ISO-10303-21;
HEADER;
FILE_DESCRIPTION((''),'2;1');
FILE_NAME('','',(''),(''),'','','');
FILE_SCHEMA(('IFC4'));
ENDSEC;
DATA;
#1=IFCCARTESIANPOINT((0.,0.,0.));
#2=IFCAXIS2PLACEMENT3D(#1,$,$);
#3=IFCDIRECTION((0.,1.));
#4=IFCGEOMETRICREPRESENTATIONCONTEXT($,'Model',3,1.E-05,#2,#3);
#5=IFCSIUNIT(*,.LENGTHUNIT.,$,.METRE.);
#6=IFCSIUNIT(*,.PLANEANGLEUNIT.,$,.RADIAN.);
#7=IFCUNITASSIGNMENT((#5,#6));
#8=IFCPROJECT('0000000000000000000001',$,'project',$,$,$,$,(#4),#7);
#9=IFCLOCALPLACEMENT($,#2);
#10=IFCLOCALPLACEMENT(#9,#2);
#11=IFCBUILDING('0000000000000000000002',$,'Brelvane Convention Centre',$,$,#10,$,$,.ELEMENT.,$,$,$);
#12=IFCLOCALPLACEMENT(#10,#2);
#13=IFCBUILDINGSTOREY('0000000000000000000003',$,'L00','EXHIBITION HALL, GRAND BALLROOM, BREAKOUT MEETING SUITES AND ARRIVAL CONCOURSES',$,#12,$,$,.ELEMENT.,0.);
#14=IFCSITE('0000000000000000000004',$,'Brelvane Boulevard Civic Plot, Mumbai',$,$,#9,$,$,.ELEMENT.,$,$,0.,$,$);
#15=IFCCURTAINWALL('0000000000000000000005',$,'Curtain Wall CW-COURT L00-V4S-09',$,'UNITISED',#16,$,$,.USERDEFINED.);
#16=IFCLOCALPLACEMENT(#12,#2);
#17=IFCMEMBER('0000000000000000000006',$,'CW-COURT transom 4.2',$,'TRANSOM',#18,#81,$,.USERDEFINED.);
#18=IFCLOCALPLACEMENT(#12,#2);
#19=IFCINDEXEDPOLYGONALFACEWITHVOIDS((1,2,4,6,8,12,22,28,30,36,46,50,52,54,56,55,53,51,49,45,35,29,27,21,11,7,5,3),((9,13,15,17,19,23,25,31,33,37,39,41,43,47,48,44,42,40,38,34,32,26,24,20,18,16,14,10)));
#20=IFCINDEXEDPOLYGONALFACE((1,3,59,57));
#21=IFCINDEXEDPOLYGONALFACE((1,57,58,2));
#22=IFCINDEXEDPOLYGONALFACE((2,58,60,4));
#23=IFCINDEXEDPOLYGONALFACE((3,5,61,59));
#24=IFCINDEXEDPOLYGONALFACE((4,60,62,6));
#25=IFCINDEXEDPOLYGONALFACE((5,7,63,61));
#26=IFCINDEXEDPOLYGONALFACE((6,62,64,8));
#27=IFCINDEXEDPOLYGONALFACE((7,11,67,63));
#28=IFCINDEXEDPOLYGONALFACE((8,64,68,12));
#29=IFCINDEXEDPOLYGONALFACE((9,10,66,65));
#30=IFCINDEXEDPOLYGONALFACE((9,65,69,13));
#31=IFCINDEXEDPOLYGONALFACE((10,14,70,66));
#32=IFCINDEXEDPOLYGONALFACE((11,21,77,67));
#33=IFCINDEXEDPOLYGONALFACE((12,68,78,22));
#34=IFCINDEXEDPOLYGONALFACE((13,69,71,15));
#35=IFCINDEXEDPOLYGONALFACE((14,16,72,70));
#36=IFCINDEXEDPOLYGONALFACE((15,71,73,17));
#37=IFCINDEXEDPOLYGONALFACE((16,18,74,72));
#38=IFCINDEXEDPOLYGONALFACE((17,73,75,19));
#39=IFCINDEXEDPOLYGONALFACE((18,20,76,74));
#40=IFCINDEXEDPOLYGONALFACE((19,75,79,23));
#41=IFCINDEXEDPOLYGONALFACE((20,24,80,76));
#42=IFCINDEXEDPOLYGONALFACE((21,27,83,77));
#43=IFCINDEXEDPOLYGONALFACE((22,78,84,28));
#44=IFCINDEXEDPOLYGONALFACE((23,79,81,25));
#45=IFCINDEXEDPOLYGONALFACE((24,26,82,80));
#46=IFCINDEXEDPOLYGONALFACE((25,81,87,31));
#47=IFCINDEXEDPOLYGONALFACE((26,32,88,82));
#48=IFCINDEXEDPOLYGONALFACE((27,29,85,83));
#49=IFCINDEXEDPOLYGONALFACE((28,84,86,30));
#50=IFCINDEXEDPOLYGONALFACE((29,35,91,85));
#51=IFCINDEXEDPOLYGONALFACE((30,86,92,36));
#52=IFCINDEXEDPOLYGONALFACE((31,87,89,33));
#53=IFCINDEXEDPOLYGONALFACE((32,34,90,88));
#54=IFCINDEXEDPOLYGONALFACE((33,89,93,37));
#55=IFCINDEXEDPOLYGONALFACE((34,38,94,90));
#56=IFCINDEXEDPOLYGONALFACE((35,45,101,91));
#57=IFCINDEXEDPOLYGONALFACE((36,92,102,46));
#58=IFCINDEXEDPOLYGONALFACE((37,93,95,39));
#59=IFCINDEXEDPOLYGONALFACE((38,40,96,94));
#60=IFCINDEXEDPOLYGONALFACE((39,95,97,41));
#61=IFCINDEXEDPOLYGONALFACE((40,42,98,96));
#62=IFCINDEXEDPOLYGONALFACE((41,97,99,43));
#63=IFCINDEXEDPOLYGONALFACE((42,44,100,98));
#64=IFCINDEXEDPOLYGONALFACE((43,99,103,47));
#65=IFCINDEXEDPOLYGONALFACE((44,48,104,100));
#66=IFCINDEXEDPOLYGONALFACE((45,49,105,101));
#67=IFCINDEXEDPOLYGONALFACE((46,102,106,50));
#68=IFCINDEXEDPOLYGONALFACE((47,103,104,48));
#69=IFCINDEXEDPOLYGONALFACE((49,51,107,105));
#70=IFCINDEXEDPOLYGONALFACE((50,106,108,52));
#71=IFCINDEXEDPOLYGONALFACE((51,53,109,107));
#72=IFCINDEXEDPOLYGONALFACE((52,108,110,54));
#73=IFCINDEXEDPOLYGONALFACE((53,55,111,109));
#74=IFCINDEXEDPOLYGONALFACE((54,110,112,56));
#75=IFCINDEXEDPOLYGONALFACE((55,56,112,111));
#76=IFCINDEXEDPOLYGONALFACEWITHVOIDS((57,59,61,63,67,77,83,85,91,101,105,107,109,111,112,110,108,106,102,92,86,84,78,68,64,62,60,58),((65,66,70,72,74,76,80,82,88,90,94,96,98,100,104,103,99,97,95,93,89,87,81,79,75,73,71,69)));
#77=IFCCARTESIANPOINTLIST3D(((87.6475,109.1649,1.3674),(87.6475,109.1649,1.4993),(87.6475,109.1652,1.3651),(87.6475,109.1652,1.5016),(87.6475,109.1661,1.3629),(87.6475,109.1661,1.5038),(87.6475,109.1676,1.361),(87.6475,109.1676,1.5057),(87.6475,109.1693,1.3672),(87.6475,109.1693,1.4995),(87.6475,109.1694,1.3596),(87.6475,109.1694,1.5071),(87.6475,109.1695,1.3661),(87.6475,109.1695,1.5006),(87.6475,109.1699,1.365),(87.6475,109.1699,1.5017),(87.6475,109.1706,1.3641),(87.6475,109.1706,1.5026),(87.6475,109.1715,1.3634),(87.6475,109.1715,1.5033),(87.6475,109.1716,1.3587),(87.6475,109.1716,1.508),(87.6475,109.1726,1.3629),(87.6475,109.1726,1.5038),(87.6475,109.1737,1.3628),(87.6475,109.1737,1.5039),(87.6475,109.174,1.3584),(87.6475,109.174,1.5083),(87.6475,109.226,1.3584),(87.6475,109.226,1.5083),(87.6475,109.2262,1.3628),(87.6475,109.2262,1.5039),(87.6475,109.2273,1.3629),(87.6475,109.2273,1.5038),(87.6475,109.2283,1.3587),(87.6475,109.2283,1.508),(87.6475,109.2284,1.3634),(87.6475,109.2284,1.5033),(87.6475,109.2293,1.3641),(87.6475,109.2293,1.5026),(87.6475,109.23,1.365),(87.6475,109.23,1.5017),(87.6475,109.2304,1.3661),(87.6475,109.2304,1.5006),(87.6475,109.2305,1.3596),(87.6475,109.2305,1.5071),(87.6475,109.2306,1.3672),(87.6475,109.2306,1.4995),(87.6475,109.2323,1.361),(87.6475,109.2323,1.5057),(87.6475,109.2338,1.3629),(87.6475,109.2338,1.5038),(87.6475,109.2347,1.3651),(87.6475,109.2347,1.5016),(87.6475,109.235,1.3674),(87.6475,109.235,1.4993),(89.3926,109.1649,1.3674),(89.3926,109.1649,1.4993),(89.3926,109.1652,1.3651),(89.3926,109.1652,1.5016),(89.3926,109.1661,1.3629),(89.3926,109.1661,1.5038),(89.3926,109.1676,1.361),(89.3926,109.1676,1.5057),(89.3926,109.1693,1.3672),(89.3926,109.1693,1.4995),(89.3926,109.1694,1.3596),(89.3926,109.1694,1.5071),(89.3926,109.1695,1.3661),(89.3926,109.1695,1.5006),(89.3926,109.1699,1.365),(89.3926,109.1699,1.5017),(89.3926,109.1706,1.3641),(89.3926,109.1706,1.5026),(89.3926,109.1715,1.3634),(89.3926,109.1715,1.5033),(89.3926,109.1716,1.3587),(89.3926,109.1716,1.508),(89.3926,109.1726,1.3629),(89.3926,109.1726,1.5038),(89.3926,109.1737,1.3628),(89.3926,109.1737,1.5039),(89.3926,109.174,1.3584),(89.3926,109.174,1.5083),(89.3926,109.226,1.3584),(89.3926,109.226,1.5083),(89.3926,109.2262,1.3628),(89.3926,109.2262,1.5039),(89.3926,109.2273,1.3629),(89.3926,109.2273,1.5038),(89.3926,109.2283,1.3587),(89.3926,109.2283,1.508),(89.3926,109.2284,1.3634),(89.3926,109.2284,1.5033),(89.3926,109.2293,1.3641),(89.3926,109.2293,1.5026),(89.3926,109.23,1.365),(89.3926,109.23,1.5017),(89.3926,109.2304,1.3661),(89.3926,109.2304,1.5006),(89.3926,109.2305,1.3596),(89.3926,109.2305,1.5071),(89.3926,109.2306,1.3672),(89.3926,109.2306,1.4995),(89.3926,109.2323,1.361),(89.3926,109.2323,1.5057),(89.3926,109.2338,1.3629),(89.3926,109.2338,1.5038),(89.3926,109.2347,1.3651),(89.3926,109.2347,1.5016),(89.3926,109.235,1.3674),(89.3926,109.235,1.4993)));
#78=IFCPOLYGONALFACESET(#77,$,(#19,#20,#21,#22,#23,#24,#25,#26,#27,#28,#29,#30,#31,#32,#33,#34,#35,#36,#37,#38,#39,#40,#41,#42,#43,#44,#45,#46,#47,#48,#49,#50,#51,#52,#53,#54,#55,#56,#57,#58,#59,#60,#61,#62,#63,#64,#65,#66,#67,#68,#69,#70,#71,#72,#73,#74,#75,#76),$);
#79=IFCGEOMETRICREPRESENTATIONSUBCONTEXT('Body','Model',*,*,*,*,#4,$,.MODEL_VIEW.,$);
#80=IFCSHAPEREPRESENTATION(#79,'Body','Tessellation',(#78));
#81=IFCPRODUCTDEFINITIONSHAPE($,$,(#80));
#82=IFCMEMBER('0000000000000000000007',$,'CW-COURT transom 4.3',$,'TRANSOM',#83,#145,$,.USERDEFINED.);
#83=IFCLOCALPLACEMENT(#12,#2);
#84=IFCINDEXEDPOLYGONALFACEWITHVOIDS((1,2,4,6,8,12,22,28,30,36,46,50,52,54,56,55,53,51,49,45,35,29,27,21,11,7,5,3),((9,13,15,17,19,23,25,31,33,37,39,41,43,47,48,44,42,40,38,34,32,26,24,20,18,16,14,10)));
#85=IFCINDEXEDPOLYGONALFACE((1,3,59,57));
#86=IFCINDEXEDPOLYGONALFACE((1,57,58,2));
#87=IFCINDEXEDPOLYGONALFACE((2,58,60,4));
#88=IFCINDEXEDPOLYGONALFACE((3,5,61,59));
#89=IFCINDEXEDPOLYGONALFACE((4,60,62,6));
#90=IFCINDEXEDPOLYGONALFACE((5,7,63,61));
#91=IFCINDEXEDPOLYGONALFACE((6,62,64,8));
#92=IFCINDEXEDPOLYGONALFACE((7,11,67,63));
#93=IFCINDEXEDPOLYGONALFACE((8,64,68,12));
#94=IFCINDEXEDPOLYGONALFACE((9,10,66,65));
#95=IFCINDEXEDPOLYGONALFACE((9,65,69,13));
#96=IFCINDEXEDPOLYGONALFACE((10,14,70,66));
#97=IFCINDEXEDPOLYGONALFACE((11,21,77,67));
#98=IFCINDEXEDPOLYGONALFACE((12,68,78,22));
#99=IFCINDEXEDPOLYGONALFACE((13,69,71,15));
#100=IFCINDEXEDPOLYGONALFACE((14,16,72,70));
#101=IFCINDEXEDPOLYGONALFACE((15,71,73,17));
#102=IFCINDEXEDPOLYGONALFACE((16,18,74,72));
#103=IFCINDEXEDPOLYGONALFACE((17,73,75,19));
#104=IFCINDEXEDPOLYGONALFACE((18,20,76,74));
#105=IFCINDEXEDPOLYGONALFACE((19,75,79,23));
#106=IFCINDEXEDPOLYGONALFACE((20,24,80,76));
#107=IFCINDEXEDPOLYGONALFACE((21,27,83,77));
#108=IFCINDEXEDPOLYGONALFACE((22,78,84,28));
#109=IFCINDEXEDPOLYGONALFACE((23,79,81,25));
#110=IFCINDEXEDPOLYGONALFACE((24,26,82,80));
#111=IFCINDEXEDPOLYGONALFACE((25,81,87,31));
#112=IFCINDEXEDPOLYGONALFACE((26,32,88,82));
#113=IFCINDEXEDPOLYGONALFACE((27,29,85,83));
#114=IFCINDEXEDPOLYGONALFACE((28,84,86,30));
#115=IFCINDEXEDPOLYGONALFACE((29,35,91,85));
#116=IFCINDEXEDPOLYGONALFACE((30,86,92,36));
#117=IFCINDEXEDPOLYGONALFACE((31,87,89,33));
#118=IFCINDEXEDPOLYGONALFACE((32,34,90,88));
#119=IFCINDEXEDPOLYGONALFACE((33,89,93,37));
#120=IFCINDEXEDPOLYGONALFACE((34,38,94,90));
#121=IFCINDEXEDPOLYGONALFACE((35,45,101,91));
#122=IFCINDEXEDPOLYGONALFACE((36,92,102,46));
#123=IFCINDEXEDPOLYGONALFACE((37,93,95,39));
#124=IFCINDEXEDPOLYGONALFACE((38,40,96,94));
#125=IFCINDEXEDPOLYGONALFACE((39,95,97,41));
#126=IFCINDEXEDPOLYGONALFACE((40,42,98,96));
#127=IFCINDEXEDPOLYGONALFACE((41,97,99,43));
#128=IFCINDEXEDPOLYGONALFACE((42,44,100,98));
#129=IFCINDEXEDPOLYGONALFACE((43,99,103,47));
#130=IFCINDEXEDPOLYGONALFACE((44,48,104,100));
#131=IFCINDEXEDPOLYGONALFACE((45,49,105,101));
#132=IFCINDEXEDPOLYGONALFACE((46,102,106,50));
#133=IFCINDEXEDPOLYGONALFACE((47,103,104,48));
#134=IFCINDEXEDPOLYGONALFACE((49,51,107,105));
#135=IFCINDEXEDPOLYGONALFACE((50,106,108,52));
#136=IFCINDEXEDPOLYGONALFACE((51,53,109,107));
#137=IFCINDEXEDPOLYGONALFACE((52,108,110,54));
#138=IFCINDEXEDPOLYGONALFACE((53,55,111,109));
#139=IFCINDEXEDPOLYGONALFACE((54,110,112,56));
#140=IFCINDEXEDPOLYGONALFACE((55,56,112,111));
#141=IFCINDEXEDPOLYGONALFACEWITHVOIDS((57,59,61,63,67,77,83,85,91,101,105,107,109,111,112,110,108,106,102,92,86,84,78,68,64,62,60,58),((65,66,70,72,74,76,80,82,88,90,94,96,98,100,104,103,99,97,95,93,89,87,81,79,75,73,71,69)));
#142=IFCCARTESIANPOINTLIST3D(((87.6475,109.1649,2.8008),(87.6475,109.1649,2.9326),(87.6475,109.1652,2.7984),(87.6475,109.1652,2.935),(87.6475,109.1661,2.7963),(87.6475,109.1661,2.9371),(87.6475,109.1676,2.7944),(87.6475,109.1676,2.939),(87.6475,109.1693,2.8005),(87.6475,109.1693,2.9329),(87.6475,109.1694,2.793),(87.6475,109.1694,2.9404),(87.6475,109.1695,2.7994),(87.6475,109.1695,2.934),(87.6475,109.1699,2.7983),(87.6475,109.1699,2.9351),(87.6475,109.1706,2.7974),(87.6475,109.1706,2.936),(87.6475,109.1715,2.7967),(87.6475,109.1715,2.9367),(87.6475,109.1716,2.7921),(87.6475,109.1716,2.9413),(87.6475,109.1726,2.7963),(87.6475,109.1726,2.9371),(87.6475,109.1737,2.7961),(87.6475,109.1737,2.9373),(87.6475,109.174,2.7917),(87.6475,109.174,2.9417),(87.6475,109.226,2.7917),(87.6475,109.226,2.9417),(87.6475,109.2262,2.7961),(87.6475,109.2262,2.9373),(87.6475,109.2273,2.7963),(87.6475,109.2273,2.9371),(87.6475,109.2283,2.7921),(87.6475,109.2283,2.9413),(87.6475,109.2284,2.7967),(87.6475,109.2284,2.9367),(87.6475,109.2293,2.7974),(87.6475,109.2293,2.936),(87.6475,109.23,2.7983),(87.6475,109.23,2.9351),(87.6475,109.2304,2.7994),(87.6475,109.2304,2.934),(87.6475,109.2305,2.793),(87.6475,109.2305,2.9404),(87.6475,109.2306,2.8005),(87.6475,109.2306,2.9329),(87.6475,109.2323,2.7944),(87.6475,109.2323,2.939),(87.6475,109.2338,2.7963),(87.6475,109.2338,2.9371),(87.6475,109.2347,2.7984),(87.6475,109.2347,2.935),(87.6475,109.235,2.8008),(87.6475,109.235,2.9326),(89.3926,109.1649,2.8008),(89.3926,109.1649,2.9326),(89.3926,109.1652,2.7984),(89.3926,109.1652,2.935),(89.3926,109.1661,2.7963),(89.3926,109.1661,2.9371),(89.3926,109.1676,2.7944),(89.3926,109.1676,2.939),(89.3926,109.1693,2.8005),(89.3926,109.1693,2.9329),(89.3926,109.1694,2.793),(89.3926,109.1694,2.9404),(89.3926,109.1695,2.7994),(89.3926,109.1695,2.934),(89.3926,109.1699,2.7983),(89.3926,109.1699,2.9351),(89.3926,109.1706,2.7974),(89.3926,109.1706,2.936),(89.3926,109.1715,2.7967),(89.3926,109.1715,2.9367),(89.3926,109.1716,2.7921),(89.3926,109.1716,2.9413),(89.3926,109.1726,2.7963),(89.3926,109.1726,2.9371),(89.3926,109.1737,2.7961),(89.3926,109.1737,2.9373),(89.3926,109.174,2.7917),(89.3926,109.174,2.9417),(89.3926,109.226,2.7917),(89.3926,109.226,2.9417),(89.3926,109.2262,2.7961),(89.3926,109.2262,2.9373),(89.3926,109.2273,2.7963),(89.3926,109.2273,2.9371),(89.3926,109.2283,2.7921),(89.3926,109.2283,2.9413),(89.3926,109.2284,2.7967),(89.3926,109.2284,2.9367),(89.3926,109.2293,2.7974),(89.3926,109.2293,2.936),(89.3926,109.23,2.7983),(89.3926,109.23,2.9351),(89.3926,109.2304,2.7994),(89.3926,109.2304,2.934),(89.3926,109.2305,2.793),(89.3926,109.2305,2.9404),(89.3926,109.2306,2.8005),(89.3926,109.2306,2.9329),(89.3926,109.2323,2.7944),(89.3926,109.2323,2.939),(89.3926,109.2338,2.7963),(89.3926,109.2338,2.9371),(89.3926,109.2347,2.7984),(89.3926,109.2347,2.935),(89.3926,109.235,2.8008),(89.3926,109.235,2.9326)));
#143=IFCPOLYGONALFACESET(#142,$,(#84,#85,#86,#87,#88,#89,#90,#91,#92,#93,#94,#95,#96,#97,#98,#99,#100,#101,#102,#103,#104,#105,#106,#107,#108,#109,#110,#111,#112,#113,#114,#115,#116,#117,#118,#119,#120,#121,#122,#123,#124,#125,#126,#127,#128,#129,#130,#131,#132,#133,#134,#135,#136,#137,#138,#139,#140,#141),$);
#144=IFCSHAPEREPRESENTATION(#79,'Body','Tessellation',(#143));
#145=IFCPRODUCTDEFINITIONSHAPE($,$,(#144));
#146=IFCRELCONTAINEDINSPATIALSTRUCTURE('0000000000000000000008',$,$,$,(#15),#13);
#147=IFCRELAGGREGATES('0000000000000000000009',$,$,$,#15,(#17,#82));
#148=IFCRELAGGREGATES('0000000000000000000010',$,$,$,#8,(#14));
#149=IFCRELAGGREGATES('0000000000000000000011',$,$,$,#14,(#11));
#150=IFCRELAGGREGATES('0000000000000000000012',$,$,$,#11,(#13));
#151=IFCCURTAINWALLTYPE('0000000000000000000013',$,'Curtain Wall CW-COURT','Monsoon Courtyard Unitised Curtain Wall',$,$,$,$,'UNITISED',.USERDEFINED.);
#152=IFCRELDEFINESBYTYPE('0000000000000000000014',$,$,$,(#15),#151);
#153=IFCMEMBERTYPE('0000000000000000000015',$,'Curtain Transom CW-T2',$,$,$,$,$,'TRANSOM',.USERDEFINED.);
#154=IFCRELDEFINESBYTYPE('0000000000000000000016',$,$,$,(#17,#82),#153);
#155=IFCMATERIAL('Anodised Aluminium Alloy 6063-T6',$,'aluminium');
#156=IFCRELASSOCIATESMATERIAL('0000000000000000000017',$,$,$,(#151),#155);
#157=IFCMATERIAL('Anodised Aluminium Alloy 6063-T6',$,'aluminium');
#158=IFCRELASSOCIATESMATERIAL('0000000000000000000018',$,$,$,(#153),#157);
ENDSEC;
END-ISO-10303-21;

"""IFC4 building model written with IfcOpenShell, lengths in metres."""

from ifc_helpers import new_model, si_unit, direction, frame, origin, origin_2d, place, context, subcontext, project, spatial, hollow_rectangle, extrude, material, material_profile, profile_set, type_object, element, aggregate, save


model = new_model("IFC4")

# Units and contexts
model_context = context("Model", 3, precision=1e-05, world=origin(), true_north=direction((0.0, 1.0)))
body_context = subcontext(model_context, "Body", "Model", "MODEL_VIEW")
ifc_project = project(units=[si_unit("LENGTHUNIT", "METRE"), si_unit("PLANEANGLEUNIT", "RADIAN")], contexts=[model_context])

# Site, building, storey
site_placement = place(None, origin())
site = spatial("IfcSite", under=ifc_project, at=site_placement, Name="Brelvane Boulevard Civic Plot, Mumbai", CompositionType="ELEMENT", RefElevation=0.0)
building_placement = place(site_placement, origin())
building = spatial("IfcBuilding", under=site, at=building_placement, Name="Brelvane Convention Centre", CompositionType="ELEMENT")
storey_placement = place(building_placement, origin())
storey = spatial("IfcBuildingStorey", under=building, at=storey_placement, Name="L00", Description="EXHIBITION HALL, GRAND BALLROOM, BREAKOUT MEETING SUITES AND ARRIVAL CONCOURSES", CompositionType="ELEMENT", Elevation=0.0)

# Curtain wall, members
ifc_material_1 = material(Name="Anodised Aluminium Alloy 6063-T6", Category="aluminium")
curtain_wall_type = type_object("IfcCurtainWallType", Name="Curtain Wall CW-COURT", Description="Monsoon Courtyard Unitised Curtain Wall", ElementType="UNITISED", PredefinedType="USERDEFINED", material=ifc_material_1)
curtain_wall_placement = place(storey_placement, origin())
curtain_wall = element("IfcCurtainWall", 1, at=curtain_wall_placement, inside=storey, type_object=curtain_wall_type, Name="Curtain Wall CW-COURT L00-V4S-09", ObjectType="UNITISED", PredefinedType="USERDEFINED")
ifc_material_2 = material(Name="Anodised Aluminium Alloy 6063-T6", Category="aluminium")
ifc_material_profile_1 = material_profile(ifc_material_2, hollow_rectangle(XDim=0.0701, YDim=0.1499, WallThickness=0.0044, InnerFilletRadius=0.0044, OuterFilletRadius=0.009, at=origin_2d()), Name="ALU-T 150x70x4.5")
ifc_profile_set_1 = profile_set([ifc_material_profile_1], Name="Anodised Aluminium Alloy 6063-T6")
member_type_1 = type_object("IfcMemberType", Name="Curtain Transom CW-T2", ElementType="TRANSOM", PredefinedType="USERDEFINED", material=ifc_profile_set_1)
member_1_placement = place(storey_placement, frame((87.6475, 109.2, 1.4333), z_axis=(1.0, 0.0, 0.0), x_axis=(0.0, 1.0, 0.0)))
member_1 = element("IfcMember", 2, at=member_1_placement, type_object=member_type_1, Name="CW-COURT transom 4.2", ObjectType="TRANSOM", PredefinedType="USERDEFINED", context=body_context, shape_type="SweptSolid", body=[
    extrude(hollow_rectangle(XDim=0.0701, YDim=0.1499, WallThickness=0.0044, InnerFilletRadius=0.0044, OuterFilletRadius=0.009, at=origin_2d()), origin(), (0.0, 0.0, 1.0), 1.7451),
])
member_2_placement = place(storey_placement, frame((87.6475, 109.2, 2.8667), z_axis=(1.0, 0.0, 0.0), x_axis=(0.0, 1.0, 0.0)))
member_2 = element("IfcMember", 3, at=member_2_placement, type_object=member_type_1, Name="CW-COURT transom 4.3", ObjectType="TRANSOM", PredefinedType="USERDEFINED", context=body_context, shape_type="SweptSolid", body=[
    extrude(hollow_rectangle(XDim=0.0701, YDim=0.1499, WallThickness=0.0044, InnerFilletRadius=0.0044, OuterFilletRadius=0.009, at=origin_2d()), origin(), (0.0, 0.0, 1.0), 1.7451),
])
aggregate(curtain_wall, [member_1, member_2])

save(model, "model.ifc")
